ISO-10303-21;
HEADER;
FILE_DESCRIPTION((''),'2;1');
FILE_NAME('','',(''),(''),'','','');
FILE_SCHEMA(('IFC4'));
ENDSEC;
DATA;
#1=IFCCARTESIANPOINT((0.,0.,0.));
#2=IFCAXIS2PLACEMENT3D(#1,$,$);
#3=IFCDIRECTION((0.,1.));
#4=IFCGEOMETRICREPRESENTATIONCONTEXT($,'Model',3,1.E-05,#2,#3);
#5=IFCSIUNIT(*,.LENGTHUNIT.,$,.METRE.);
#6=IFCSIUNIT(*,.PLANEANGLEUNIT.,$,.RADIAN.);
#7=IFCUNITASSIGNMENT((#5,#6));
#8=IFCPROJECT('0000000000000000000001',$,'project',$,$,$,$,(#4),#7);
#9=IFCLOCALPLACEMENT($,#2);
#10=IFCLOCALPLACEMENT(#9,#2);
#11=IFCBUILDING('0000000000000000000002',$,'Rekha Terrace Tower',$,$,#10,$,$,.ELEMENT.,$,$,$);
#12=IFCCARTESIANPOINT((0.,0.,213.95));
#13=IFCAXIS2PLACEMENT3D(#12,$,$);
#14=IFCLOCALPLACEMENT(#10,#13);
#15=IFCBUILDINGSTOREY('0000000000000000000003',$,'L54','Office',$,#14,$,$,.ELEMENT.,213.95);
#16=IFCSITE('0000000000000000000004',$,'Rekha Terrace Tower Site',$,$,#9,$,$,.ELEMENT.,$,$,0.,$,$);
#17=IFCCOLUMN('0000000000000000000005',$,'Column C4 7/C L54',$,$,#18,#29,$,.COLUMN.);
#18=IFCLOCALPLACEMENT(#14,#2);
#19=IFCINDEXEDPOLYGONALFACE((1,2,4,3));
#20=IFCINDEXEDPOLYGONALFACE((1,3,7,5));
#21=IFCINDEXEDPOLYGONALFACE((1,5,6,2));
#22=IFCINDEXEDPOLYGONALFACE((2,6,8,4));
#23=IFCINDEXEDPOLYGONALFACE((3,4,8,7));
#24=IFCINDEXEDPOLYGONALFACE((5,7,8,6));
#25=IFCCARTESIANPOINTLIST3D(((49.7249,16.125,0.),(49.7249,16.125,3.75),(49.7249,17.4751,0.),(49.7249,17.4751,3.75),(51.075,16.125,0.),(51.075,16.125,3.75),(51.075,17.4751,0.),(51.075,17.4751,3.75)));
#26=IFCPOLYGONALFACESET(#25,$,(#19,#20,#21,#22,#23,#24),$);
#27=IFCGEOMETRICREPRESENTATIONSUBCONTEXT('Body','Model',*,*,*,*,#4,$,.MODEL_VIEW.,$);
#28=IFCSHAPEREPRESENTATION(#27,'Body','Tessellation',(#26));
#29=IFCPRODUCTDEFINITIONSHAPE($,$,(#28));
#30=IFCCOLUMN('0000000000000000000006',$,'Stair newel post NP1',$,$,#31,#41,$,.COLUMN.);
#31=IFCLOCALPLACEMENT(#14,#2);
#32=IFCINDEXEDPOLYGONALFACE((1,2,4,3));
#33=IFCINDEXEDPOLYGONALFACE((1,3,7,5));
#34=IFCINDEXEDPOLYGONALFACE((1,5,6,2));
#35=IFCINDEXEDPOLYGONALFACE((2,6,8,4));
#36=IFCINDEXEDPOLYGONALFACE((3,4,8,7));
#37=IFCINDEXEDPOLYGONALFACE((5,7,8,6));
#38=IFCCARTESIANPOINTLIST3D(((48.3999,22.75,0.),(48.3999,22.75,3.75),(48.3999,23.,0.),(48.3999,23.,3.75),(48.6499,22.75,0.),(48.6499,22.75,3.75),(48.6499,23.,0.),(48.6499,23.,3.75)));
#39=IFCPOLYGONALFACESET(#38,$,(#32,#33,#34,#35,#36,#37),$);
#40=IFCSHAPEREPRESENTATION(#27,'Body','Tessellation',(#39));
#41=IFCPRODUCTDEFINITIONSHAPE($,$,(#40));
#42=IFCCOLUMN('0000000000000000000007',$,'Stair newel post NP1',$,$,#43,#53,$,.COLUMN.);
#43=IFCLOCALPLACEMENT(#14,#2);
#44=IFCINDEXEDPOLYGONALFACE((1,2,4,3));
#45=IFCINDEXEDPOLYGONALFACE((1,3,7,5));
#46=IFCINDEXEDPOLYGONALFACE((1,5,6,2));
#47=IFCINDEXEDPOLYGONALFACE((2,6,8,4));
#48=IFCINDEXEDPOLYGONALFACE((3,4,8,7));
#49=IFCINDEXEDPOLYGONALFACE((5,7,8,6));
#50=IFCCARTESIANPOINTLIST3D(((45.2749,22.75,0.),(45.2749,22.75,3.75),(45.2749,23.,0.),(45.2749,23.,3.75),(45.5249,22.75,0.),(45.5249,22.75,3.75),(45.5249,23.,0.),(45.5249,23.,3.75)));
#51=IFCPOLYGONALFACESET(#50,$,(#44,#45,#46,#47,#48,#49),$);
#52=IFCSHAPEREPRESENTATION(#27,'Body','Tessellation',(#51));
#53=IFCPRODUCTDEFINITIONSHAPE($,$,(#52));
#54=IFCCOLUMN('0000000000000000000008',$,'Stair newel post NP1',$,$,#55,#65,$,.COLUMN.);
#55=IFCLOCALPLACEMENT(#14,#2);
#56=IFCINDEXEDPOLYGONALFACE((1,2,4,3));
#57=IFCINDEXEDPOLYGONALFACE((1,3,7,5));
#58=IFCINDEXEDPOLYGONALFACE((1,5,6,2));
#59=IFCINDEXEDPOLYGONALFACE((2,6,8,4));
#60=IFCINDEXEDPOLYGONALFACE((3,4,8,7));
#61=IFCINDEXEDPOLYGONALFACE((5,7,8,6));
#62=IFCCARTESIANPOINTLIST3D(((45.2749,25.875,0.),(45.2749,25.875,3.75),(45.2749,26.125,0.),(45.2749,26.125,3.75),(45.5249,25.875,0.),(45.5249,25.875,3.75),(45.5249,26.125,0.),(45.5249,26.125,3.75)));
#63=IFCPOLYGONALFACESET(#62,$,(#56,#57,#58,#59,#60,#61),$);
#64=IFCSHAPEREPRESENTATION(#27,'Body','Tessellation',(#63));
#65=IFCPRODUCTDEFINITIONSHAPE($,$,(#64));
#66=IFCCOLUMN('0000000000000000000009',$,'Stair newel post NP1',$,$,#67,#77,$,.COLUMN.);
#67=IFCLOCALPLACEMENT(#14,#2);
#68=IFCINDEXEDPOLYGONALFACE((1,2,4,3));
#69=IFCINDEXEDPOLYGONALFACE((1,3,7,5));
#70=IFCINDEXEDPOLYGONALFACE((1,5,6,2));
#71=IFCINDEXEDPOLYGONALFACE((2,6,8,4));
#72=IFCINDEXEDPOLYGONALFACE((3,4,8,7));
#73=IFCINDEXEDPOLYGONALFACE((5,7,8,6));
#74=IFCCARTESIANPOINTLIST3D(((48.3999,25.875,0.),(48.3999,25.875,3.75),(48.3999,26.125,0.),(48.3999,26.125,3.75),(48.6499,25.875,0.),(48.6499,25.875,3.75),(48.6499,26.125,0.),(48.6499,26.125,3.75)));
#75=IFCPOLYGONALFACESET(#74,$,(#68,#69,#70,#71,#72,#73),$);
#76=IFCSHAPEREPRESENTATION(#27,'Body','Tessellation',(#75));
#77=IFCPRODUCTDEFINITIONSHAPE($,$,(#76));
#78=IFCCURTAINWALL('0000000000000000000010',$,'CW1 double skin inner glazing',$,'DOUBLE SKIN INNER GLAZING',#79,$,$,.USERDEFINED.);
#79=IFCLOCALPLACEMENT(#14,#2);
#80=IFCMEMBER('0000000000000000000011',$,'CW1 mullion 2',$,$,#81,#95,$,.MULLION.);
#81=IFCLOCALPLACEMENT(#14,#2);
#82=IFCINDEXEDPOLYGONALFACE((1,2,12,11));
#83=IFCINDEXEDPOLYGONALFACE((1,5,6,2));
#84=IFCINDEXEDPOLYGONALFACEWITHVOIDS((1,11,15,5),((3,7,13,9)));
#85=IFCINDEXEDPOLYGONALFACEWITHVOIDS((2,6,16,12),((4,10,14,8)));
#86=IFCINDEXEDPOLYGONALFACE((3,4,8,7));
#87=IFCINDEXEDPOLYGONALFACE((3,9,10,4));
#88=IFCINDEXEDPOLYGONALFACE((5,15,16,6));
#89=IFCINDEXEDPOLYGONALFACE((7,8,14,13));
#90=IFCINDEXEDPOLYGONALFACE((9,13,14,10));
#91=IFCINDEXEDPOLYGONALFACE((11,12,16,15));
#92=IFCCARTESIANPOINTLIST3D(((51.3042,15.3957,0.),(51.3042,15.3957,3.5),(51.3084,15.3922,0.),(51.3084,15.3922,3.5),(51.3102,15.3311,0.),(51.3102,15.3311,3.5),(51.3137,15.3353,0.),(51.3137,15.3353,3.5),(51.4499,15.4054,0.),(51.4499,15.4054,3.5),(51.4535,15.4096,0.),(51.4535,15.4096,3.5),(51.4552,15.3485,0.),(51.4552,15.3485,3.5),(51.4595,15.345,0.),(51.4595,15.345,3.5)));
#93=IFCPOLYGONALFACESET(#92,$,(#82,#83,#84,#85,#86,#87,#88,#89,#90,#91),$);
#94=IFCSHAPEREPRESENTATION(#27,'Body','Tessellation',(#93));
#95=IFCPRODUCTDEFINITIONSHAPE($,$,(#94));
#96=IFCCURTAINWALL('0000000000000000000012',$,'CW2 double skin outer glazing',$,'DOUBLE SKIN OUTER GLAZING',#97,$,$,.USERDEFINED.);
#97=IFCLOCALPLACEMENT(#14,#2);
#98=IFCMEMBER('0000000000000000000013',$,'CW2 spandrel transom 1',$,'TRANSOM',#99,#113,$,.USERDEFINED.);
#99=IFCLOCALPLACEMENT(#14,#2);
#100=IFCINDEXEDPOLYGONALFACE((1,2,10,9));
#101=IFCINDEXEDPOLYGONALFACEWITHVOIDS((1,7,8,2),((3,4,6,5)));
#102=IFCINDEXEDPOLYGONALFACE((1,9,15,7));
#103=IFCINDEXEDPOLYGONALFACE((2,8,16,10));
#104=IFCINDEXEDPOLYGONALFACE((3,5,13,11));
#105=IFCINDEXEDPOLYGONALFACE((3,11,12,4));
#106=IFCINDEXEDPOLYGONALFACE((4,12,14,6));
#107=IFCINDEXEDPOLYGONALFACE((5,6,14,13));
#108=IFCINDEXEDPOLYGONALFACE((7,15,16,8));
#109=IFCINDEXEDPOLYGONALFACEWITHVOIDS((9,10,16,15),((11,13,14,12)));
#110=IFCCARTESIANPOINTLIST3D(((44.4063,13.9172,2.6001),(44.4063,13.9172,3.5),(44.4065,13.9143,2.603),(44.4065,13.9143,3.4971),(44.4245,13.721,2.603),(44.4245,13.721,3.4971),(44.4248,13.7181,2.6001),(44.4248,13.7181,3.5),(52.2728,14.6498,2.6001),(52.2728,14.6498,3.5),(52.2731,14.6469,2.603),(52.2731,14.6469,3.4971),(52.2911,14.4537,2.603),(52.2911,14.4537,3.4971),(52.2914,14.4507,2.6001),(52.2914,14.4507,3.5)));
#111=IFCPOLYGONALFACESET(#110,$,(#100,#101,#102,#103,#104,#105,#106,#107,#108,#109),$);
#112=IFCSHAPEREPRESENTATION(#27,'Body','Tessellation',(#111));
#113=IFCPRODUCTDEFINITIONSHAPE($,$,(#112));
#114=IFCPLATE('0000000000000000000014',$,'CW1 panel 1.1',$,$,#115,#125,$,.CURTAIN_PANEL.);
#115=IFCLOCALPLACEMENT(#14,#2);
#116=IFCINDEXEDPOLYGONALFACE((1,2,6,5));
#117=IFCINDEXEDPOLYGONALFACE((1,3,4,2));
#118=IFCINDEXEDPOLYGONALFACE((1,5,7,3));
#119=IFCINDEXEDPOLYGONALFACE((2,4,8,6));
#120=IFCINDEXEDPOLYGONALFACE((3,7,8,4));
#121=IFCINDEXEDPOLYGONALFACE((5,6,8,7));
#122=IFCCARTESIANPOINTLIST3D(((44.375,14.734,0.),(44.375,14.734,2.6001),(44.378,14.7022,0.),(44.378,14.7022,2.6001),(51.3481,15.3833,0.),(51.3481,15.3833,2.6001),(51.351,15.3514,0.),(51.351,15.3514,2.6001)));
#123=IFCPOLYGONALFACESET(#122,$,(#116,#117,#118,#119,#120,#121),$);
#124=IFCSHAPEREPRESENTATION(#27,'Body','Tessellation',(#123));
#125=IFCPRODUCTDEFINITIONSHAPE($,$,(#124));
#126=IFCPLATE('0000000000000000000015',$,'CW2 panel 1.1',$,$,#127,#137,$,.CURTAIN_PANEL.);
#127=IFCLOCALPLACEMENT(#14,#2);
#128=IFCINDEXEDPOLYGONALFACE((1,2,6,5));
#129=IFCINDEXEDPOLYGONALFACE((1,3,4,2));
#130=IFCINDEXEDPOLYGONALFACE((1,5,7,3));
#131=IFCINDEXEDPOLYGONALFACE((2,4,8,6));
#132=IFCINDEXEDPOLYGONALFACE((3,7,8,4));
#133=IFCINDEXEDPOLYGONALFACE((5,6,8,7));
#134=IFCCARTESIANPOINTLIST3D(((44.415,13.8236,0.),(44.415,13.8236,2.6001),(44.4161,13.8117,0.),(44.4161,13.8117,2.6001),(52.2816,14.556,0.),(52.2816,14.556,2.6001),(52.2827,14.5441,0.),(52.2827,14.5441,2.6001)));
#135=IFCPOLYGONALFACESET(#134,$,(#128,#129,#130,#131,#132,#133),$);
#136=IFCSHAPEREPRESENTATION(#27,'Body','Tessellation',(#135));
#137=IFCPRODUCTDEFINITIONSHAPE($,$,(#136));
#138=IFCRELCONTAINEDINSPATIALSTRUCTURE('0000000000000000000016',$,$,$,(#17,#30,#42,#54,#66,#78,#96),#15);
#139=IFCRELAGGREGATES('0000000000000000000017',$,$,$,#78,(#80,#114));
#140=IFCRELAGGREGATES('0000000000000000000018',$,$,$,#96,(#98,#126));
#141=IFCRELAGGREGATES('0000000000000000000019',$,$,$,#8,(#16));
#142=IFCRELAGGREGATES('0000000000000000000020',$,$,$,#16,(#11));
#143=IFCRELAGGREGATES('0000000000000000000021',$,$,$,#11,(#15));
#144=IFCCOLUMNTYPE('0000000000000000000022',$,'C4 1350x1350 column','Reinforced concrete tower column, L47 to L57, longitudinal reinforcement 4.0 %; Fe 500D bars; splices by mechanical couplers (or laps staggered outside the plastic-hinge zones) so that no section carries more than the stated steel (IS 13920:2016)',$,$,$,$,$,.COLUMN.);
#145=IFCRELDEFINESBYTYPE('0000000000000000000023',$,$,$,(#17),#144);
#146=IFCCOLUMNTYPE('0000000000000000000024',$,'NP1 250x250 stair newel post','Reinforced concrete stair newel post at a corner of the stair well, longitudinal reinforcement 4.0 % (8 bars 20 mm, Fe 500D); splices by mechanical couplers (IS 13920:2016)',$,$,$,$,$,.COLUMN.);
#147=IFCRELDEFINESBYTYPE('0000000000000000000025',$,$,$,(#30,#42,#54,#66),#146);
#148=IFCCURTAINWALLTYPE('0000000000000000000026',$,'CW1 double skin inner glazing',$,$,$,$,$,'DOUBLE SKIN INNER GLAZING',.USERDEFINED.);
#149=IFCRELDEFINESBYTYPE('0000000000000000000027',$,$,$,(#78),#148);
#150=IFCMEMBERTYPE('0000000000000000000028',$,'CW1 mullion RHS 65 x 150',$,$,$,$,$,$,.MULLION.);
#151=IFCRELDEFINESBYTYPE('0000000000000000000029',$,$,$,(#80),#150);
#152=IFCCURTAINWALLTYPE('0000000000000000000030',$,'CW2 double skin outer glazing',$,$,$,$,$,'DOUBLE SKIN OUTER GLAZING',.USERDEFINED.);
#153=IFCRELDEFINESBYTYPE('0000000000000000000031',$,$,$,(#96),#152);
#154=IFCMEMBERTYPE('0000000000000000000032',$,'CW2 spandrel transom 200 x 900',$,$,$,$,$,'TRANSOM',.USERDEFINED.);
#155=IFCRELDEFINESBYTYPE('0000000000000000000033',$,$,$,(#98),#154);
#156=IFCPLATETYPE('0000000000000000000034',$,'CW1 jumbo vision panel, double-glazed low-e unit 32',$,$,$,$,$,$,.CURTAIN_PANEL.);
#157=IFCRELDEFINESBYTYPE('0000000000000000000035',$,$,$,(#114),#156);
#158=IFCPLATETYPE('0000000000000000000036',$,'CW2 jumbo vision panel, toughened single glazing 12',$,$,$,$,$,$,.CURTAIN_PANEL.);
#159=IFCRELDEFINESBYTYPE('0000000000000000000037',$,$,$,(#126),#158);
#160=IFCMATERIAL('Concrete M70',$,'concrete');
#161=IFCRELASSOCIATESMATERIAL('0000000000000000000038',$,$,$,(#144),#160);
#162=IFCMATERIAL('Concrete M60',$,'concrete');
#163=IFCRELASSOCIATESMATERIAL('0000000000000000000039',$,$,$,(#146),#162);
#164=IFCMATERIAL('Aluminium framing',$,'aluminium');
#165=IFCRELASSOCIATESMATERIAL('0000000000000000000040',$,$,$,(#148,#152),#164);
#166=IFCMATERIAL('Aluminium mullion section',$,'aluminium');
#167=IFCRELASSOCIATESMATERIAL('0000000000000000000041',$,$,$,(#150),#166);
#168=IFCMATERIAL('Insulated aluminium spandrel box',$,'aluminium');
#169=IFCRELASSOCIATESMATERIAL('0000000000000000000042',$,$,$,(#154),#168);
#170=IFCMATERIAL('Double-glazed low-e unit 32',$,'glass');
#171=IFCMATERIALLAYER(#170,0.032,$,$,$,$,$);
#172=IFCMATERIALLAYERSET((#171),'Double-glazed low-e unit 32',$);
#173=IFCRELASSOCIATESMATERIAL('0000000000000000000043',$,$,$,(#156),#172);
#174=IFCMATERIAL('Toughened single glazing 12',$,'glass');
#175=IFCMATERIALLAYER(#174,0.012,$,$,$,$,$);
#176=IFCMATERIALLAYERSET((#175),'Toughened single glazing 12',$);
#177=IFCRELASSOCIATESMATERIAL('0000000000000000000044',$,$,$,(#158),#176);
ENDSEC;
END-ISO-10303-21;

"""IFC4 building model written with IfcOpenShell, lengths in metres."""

from ifc_helpers import new_model, si_unit, direction, frame, origin, origin_2d, place, context, subcontext, project, spatial, rectangle, hollow_rectangle, extrude, material, layer, layer_set, material_profile, profile_set, type_object, element, aggregate, save


model = new_model("IFC4")

# Units and contexts
model_context = context("Model", 3, precision=1e-05, world=origin(), true_north=direction((0.0, 1.0)))
body_context = subcontext(model_context, "Body", "Model", "MODEL_VIEW")
ifc_project = project(units=[si_unit("LENGTHUNIT", "METRE"), si_unit("PLANEANGLEUNIT", "RADIAN")], contexts=[model_context])

# Site, building, storey
site_placement = place(None, origin())
site = spatial("IfcSite", under=ifc_project, at=site_placement, Name="Rekha Terrace Tower Site", CompositionType="ELEMENT", RefElevation=0.0)
building_placement = place(site_placement, origin())
building = spatial("IfcBuilding", under=site, at=building_placement, Name="Rekha Terrace Tower", CompositionType="ELEMENT")
storey_placement = place(building_placement, frame((0.0, 0.0, 213.95)))
storey = spatial("IfcBuildingStorey", under=building, at=storey_placement, Name="L54", Description="Office", CompositionType="ELEMENT", Elevation=213.95)

# Columns
ifc_material_1 = material(Name="Concrete M70", Category="concrete")
ifc_material_profile_1 = material_profile(ifc_material_1, rectangle(XDim=1.3501, YDim=1.3501, at=origin_2d()), Name="RC 1350x1350")
ifc_profile_set_1 = profile_set([ifc_material_profile_1], Name="Concrete M70")
column_type_1 = type_object("IfcColumnType", Name="C4 1350x1350 column", Description="Reinforced concrete tower column, L47 to L57, longitudinal reinforcement 4.0 %; Fe 500D bars; splices by mechanical couplers (or laps staggered outside the plastic-hinge zones) so that no section carries more than the stated steel (IS 13920:2016)", PredefinedType="COLUMN", material=ifc_profile_set_1)
column_placement = place(storey_placement, frame((50.3999, 16.8, 0.0), z_axis=(0.0, 0.0, 1.0), x_axis=(1.0, 0.0, 0.0)))
element("IfcColumn", 1, at=column_placement, inside=storey, type_object=column_type_1, Name="Column C4 7/C L54", PredefinedType="COLUMN", context=body_context, shape_type="SweptSolid", body=[
    extrude(rectangle(XDim=1.3501, YDim=1.3501, at=origin_2d()), origin(), (0.0, 0.0, 1.0), 3.75),
])
ifc_material_2 = material(Name="Concrete M60", Category="concrete")
ifc_material_profile_2 = material_profile(ifc_material_2, rectangle(XDim=0.25, YDim=0.25, at=origin_2d()), Name="RC 250x250")
ifc_profile_set_2 = profile_set([ifc_material_profile_2], Name="Concrete M60")
column_type_2 = type_object("IfcColumnType", Name="NP1 250x250 stair newel post", Description="Reinforced concrete stair newel post at a corner of the stair well, longitudinal reinforcement 4.0 % (8 bars 20 mm, Fe 500D); splices by mechanical couplers (IS 13920:2016)", PredefinedType="COLUMN", material=ifc_profile_set_2)
for number, where, z_axis, x_axis, name in (
    (2, (48.5249, 22.875, 0.0), (0.0, 0.0, 1.0), (1.0, 0.0, 0.0), "Stair newel post NP1"),
    (3, (45.3999, 22.875, 0.0), (0.0, 0.0, 1.0), (1.0, 0.0, 0.0), "Stair newel post NP1"),
    (4, (45.3999, 26.0, 0.0), (0.0, 0.0, 1.0), (1.0, 0.0, 0.0), "Stair newel post NP1"),
    (5, (48.5249, 26.0, 0.0), (0.0, 0.0, 1.0), (1.0, 0.0, 0.0), "Stair newel post NP1"),
):
    element("IfcColumn", number, at=place(storey_placement, frame(where, z_axis=z_axis, x_axis=x_axis)), inside=storey, type_object=column_type_2, Name=name, PredefinedType="COLUMN", context=body_context, shape_type="SweptSolid", body=[
        extrude(rectangle(XDim=0.25, YDim=0.25, at=origin_2d()), origin(), (0.0, 0.0, 1.0), 3.75),
    ])

# Curtain walls, members
ifc_material_3 = material(Name="Aluminium framing", Category="aluminium")
curtain_wall_type_1 = type_object("IfcCurtainWallType", Name="CW1 double skin inner glazing", ElementType="DOUBLE SKIN INNER GLAZING", PredefinedType="USERDEFINED", material=ifc_material_3)
curtain_wall_1_placement = place(storey_placement, origin())
curtain_wall_1 = element("IfcCurtainWall", 6, at=curtain_wall_1_placement, inside=storey, type_object=curtain_wall_type_1, Name="CW1 double skin inner glazing", ObjectType="DOUBLE SKIN INNER GLAZING", PredefinedType="USERDEFINED")
ifc_material_4 = material(Name="Aluminium mullion section", Category="aluminium")
ifc_material_profile_3 = material_profile(ifc_material_4, hollow_rectangle(XDim=0.0649, YDim=0.1499, WallThickness=0.0039, at=origin_2d()), Name="AL RHS 65x150")
ifc_profile_set_3 = profile_set([ifc_material_profile_3], Name="Aluminium mullion section")
member_type_1 = type_object("IfcMemberType", Name="CW1 mullion RHS 65 x 150", PredefinedType="MULLION", material=ifc_profile_set_3)
member_1_placement = place(storey_placement, frame((51.3818, 15.3704, 0.0), z_axis=(0.0, 0.0, 1.0), x_axis=(-0.092709, 0.995693, 0.0)))
member_1 = element("IfcMember", 7, at=member_1_placement, type_object=member_type_1, Name="CW1 mullion 2", PredefinedType="MULLION", context=body_context, shape_type="SweptSolid", body=[
    extrude(hollow_rectangle(XDim=0.0649, YDim=0.1499, WallThickness=0.0039, at=origin_2d()), origin(), (0.0, 0.0, 1.0), 3.5),
])
curtain_wall_type_2 = type_object("IfcCurtainWallType", Name="CW2 double skin outer glazing", ElementType="DOUBLE SKIN OUTER GLAZING", PredefinedType="USERDEFINED", material=ifc_material_3)
curtain_wall_2_placement = place(storey_placement, origin())
curtain_wall_2 = element("IfcCurtainWall", 8, at=curtain_wall_2_placement, inside=storey, type_object=curtain_wall_type_2, Name="CW2 double skin outer glazing", ObjectType="DOUBLE SKIN OUTER GLAZING", PredefinedType="USERDEFINED")
ifc_material_5 = material(Name="Insulated aluminium spandrel box", Category="aluminium")
ifc_material_profile_4 = material_profile(ifc_material_5, hollow_rectangle(XDim=0.2, YDim=0.8999, WallThickness=0.0029, at=origin_2d()), Name="AL SPANDREL BOX 200x900")
ifc_profile_set_4 = profile_set([ifc_material_profile_4], Name="Insulated aluminium spandrel box")
member_type_2 = type_object("IfcMemberType", Name="CW2 spandrel transom 200 x 900", ElementType="TRANSOM", PredefinedType="USERDEFINED", material=ifc_profile_set_4)
member_2_placement = place(storey_placement, frame((44.4155, 13.8176, 3.05), z_axis=(0.995691, 0.092734, 0.0), x_axis=(-0.092734, 0.995691, 0.0)))
member_2 = element("IfcMember", 9, at=member_2_placement, type_object=member_type_2, Name="CW2 spandrel transom 1", ObjectType="TRANSOM", PredefinedType="USERDEFINED", context=body_context, shape_type="SweptSolid", body=[
    extrude(hollow_rectangle(XDim=0.2, YDim=0.8999, WallThickness=0.0029, at=origin_2d()), origin(), (0.0, 0.0, 1.0), 7.9006),
])

# Plates
ifc_material_6 = material(Name="Double-glazed low-e unit 32", Category="glass")
ifc_layer_1 = layer(ifc_material_6, 0.032)
ifc_layer_set_1 = layer_set([ifc_layer_1], Name="Double-glazed low-e unit 32")
plate_type_1 = type_object("IfcPlateType", Name="CW1 jumbo vision panel, double-glazed low-e unit 32", PredefinedType="CURTAIN_PANEL", material=ifc_layer_set_1)
plate_1_placement = place(storey_placement, frame((47.863, 15.0427, 0.0), z_axis=(0.0, 0.0, 1.0), x_axis=(0.995693, 0.092709, 0.0)))
plate_1 = element("IfcPlate", 10, at=plate_1_placement, type_object=plate_type_1, Name="CW1 panel 1.1", PredefinedType="CURTAIN_PANEL", context=body_context, shape_type="SweptSolid", body=[
    extrude(rectangle(XDim=7.0032, YDim=0.032, at=origin_2d()), origin(), (0.0, 0.0, 1.0), 2.6001),
])
aggregate(curtain_wall_1, [member_1, plate_1])
ifc_material_7 = material(Name="Toughened single glazing 12", Category="glass")
ifc_layer_2 = layer(ifc_material_7, 0.012)
ifc_layer_set_2 = layer_set([ifc_layer_2], Name="Toughened single glazing 12")
plate_type_2 = type_object("IfcPlateType", Name="CW2 jumbo vision panel, toughened single glazing 12", PredefinedType="CURTAIN_PANEL", material=ifc_layer_set_2)
plate_2_placement = place(storey_placement, frame((48.3489, 14.1838, 0.0), z_axis=(0.0, 0.0, 1.0), x_axis=(0.995693, 0.092709, 0.0)))
plate_2 = element("IfcPlate", 11, at=plate_2_placement, type_object=plate_type_2, Name="CW2 panel 1.1", PredefinedType="CURTAIN_PANEL", context=body_context, shape_type="SweptSolid", body=[
    extrude(rectangle(XDim=7.9006, YDim=0.012, at=origin_2d()), origin(), (0.0, 0.0, 1.0), 2.6001),
])
aggregate(curtain_wall_2, [member_2, plate_2])

save(model, "model.ifc")
